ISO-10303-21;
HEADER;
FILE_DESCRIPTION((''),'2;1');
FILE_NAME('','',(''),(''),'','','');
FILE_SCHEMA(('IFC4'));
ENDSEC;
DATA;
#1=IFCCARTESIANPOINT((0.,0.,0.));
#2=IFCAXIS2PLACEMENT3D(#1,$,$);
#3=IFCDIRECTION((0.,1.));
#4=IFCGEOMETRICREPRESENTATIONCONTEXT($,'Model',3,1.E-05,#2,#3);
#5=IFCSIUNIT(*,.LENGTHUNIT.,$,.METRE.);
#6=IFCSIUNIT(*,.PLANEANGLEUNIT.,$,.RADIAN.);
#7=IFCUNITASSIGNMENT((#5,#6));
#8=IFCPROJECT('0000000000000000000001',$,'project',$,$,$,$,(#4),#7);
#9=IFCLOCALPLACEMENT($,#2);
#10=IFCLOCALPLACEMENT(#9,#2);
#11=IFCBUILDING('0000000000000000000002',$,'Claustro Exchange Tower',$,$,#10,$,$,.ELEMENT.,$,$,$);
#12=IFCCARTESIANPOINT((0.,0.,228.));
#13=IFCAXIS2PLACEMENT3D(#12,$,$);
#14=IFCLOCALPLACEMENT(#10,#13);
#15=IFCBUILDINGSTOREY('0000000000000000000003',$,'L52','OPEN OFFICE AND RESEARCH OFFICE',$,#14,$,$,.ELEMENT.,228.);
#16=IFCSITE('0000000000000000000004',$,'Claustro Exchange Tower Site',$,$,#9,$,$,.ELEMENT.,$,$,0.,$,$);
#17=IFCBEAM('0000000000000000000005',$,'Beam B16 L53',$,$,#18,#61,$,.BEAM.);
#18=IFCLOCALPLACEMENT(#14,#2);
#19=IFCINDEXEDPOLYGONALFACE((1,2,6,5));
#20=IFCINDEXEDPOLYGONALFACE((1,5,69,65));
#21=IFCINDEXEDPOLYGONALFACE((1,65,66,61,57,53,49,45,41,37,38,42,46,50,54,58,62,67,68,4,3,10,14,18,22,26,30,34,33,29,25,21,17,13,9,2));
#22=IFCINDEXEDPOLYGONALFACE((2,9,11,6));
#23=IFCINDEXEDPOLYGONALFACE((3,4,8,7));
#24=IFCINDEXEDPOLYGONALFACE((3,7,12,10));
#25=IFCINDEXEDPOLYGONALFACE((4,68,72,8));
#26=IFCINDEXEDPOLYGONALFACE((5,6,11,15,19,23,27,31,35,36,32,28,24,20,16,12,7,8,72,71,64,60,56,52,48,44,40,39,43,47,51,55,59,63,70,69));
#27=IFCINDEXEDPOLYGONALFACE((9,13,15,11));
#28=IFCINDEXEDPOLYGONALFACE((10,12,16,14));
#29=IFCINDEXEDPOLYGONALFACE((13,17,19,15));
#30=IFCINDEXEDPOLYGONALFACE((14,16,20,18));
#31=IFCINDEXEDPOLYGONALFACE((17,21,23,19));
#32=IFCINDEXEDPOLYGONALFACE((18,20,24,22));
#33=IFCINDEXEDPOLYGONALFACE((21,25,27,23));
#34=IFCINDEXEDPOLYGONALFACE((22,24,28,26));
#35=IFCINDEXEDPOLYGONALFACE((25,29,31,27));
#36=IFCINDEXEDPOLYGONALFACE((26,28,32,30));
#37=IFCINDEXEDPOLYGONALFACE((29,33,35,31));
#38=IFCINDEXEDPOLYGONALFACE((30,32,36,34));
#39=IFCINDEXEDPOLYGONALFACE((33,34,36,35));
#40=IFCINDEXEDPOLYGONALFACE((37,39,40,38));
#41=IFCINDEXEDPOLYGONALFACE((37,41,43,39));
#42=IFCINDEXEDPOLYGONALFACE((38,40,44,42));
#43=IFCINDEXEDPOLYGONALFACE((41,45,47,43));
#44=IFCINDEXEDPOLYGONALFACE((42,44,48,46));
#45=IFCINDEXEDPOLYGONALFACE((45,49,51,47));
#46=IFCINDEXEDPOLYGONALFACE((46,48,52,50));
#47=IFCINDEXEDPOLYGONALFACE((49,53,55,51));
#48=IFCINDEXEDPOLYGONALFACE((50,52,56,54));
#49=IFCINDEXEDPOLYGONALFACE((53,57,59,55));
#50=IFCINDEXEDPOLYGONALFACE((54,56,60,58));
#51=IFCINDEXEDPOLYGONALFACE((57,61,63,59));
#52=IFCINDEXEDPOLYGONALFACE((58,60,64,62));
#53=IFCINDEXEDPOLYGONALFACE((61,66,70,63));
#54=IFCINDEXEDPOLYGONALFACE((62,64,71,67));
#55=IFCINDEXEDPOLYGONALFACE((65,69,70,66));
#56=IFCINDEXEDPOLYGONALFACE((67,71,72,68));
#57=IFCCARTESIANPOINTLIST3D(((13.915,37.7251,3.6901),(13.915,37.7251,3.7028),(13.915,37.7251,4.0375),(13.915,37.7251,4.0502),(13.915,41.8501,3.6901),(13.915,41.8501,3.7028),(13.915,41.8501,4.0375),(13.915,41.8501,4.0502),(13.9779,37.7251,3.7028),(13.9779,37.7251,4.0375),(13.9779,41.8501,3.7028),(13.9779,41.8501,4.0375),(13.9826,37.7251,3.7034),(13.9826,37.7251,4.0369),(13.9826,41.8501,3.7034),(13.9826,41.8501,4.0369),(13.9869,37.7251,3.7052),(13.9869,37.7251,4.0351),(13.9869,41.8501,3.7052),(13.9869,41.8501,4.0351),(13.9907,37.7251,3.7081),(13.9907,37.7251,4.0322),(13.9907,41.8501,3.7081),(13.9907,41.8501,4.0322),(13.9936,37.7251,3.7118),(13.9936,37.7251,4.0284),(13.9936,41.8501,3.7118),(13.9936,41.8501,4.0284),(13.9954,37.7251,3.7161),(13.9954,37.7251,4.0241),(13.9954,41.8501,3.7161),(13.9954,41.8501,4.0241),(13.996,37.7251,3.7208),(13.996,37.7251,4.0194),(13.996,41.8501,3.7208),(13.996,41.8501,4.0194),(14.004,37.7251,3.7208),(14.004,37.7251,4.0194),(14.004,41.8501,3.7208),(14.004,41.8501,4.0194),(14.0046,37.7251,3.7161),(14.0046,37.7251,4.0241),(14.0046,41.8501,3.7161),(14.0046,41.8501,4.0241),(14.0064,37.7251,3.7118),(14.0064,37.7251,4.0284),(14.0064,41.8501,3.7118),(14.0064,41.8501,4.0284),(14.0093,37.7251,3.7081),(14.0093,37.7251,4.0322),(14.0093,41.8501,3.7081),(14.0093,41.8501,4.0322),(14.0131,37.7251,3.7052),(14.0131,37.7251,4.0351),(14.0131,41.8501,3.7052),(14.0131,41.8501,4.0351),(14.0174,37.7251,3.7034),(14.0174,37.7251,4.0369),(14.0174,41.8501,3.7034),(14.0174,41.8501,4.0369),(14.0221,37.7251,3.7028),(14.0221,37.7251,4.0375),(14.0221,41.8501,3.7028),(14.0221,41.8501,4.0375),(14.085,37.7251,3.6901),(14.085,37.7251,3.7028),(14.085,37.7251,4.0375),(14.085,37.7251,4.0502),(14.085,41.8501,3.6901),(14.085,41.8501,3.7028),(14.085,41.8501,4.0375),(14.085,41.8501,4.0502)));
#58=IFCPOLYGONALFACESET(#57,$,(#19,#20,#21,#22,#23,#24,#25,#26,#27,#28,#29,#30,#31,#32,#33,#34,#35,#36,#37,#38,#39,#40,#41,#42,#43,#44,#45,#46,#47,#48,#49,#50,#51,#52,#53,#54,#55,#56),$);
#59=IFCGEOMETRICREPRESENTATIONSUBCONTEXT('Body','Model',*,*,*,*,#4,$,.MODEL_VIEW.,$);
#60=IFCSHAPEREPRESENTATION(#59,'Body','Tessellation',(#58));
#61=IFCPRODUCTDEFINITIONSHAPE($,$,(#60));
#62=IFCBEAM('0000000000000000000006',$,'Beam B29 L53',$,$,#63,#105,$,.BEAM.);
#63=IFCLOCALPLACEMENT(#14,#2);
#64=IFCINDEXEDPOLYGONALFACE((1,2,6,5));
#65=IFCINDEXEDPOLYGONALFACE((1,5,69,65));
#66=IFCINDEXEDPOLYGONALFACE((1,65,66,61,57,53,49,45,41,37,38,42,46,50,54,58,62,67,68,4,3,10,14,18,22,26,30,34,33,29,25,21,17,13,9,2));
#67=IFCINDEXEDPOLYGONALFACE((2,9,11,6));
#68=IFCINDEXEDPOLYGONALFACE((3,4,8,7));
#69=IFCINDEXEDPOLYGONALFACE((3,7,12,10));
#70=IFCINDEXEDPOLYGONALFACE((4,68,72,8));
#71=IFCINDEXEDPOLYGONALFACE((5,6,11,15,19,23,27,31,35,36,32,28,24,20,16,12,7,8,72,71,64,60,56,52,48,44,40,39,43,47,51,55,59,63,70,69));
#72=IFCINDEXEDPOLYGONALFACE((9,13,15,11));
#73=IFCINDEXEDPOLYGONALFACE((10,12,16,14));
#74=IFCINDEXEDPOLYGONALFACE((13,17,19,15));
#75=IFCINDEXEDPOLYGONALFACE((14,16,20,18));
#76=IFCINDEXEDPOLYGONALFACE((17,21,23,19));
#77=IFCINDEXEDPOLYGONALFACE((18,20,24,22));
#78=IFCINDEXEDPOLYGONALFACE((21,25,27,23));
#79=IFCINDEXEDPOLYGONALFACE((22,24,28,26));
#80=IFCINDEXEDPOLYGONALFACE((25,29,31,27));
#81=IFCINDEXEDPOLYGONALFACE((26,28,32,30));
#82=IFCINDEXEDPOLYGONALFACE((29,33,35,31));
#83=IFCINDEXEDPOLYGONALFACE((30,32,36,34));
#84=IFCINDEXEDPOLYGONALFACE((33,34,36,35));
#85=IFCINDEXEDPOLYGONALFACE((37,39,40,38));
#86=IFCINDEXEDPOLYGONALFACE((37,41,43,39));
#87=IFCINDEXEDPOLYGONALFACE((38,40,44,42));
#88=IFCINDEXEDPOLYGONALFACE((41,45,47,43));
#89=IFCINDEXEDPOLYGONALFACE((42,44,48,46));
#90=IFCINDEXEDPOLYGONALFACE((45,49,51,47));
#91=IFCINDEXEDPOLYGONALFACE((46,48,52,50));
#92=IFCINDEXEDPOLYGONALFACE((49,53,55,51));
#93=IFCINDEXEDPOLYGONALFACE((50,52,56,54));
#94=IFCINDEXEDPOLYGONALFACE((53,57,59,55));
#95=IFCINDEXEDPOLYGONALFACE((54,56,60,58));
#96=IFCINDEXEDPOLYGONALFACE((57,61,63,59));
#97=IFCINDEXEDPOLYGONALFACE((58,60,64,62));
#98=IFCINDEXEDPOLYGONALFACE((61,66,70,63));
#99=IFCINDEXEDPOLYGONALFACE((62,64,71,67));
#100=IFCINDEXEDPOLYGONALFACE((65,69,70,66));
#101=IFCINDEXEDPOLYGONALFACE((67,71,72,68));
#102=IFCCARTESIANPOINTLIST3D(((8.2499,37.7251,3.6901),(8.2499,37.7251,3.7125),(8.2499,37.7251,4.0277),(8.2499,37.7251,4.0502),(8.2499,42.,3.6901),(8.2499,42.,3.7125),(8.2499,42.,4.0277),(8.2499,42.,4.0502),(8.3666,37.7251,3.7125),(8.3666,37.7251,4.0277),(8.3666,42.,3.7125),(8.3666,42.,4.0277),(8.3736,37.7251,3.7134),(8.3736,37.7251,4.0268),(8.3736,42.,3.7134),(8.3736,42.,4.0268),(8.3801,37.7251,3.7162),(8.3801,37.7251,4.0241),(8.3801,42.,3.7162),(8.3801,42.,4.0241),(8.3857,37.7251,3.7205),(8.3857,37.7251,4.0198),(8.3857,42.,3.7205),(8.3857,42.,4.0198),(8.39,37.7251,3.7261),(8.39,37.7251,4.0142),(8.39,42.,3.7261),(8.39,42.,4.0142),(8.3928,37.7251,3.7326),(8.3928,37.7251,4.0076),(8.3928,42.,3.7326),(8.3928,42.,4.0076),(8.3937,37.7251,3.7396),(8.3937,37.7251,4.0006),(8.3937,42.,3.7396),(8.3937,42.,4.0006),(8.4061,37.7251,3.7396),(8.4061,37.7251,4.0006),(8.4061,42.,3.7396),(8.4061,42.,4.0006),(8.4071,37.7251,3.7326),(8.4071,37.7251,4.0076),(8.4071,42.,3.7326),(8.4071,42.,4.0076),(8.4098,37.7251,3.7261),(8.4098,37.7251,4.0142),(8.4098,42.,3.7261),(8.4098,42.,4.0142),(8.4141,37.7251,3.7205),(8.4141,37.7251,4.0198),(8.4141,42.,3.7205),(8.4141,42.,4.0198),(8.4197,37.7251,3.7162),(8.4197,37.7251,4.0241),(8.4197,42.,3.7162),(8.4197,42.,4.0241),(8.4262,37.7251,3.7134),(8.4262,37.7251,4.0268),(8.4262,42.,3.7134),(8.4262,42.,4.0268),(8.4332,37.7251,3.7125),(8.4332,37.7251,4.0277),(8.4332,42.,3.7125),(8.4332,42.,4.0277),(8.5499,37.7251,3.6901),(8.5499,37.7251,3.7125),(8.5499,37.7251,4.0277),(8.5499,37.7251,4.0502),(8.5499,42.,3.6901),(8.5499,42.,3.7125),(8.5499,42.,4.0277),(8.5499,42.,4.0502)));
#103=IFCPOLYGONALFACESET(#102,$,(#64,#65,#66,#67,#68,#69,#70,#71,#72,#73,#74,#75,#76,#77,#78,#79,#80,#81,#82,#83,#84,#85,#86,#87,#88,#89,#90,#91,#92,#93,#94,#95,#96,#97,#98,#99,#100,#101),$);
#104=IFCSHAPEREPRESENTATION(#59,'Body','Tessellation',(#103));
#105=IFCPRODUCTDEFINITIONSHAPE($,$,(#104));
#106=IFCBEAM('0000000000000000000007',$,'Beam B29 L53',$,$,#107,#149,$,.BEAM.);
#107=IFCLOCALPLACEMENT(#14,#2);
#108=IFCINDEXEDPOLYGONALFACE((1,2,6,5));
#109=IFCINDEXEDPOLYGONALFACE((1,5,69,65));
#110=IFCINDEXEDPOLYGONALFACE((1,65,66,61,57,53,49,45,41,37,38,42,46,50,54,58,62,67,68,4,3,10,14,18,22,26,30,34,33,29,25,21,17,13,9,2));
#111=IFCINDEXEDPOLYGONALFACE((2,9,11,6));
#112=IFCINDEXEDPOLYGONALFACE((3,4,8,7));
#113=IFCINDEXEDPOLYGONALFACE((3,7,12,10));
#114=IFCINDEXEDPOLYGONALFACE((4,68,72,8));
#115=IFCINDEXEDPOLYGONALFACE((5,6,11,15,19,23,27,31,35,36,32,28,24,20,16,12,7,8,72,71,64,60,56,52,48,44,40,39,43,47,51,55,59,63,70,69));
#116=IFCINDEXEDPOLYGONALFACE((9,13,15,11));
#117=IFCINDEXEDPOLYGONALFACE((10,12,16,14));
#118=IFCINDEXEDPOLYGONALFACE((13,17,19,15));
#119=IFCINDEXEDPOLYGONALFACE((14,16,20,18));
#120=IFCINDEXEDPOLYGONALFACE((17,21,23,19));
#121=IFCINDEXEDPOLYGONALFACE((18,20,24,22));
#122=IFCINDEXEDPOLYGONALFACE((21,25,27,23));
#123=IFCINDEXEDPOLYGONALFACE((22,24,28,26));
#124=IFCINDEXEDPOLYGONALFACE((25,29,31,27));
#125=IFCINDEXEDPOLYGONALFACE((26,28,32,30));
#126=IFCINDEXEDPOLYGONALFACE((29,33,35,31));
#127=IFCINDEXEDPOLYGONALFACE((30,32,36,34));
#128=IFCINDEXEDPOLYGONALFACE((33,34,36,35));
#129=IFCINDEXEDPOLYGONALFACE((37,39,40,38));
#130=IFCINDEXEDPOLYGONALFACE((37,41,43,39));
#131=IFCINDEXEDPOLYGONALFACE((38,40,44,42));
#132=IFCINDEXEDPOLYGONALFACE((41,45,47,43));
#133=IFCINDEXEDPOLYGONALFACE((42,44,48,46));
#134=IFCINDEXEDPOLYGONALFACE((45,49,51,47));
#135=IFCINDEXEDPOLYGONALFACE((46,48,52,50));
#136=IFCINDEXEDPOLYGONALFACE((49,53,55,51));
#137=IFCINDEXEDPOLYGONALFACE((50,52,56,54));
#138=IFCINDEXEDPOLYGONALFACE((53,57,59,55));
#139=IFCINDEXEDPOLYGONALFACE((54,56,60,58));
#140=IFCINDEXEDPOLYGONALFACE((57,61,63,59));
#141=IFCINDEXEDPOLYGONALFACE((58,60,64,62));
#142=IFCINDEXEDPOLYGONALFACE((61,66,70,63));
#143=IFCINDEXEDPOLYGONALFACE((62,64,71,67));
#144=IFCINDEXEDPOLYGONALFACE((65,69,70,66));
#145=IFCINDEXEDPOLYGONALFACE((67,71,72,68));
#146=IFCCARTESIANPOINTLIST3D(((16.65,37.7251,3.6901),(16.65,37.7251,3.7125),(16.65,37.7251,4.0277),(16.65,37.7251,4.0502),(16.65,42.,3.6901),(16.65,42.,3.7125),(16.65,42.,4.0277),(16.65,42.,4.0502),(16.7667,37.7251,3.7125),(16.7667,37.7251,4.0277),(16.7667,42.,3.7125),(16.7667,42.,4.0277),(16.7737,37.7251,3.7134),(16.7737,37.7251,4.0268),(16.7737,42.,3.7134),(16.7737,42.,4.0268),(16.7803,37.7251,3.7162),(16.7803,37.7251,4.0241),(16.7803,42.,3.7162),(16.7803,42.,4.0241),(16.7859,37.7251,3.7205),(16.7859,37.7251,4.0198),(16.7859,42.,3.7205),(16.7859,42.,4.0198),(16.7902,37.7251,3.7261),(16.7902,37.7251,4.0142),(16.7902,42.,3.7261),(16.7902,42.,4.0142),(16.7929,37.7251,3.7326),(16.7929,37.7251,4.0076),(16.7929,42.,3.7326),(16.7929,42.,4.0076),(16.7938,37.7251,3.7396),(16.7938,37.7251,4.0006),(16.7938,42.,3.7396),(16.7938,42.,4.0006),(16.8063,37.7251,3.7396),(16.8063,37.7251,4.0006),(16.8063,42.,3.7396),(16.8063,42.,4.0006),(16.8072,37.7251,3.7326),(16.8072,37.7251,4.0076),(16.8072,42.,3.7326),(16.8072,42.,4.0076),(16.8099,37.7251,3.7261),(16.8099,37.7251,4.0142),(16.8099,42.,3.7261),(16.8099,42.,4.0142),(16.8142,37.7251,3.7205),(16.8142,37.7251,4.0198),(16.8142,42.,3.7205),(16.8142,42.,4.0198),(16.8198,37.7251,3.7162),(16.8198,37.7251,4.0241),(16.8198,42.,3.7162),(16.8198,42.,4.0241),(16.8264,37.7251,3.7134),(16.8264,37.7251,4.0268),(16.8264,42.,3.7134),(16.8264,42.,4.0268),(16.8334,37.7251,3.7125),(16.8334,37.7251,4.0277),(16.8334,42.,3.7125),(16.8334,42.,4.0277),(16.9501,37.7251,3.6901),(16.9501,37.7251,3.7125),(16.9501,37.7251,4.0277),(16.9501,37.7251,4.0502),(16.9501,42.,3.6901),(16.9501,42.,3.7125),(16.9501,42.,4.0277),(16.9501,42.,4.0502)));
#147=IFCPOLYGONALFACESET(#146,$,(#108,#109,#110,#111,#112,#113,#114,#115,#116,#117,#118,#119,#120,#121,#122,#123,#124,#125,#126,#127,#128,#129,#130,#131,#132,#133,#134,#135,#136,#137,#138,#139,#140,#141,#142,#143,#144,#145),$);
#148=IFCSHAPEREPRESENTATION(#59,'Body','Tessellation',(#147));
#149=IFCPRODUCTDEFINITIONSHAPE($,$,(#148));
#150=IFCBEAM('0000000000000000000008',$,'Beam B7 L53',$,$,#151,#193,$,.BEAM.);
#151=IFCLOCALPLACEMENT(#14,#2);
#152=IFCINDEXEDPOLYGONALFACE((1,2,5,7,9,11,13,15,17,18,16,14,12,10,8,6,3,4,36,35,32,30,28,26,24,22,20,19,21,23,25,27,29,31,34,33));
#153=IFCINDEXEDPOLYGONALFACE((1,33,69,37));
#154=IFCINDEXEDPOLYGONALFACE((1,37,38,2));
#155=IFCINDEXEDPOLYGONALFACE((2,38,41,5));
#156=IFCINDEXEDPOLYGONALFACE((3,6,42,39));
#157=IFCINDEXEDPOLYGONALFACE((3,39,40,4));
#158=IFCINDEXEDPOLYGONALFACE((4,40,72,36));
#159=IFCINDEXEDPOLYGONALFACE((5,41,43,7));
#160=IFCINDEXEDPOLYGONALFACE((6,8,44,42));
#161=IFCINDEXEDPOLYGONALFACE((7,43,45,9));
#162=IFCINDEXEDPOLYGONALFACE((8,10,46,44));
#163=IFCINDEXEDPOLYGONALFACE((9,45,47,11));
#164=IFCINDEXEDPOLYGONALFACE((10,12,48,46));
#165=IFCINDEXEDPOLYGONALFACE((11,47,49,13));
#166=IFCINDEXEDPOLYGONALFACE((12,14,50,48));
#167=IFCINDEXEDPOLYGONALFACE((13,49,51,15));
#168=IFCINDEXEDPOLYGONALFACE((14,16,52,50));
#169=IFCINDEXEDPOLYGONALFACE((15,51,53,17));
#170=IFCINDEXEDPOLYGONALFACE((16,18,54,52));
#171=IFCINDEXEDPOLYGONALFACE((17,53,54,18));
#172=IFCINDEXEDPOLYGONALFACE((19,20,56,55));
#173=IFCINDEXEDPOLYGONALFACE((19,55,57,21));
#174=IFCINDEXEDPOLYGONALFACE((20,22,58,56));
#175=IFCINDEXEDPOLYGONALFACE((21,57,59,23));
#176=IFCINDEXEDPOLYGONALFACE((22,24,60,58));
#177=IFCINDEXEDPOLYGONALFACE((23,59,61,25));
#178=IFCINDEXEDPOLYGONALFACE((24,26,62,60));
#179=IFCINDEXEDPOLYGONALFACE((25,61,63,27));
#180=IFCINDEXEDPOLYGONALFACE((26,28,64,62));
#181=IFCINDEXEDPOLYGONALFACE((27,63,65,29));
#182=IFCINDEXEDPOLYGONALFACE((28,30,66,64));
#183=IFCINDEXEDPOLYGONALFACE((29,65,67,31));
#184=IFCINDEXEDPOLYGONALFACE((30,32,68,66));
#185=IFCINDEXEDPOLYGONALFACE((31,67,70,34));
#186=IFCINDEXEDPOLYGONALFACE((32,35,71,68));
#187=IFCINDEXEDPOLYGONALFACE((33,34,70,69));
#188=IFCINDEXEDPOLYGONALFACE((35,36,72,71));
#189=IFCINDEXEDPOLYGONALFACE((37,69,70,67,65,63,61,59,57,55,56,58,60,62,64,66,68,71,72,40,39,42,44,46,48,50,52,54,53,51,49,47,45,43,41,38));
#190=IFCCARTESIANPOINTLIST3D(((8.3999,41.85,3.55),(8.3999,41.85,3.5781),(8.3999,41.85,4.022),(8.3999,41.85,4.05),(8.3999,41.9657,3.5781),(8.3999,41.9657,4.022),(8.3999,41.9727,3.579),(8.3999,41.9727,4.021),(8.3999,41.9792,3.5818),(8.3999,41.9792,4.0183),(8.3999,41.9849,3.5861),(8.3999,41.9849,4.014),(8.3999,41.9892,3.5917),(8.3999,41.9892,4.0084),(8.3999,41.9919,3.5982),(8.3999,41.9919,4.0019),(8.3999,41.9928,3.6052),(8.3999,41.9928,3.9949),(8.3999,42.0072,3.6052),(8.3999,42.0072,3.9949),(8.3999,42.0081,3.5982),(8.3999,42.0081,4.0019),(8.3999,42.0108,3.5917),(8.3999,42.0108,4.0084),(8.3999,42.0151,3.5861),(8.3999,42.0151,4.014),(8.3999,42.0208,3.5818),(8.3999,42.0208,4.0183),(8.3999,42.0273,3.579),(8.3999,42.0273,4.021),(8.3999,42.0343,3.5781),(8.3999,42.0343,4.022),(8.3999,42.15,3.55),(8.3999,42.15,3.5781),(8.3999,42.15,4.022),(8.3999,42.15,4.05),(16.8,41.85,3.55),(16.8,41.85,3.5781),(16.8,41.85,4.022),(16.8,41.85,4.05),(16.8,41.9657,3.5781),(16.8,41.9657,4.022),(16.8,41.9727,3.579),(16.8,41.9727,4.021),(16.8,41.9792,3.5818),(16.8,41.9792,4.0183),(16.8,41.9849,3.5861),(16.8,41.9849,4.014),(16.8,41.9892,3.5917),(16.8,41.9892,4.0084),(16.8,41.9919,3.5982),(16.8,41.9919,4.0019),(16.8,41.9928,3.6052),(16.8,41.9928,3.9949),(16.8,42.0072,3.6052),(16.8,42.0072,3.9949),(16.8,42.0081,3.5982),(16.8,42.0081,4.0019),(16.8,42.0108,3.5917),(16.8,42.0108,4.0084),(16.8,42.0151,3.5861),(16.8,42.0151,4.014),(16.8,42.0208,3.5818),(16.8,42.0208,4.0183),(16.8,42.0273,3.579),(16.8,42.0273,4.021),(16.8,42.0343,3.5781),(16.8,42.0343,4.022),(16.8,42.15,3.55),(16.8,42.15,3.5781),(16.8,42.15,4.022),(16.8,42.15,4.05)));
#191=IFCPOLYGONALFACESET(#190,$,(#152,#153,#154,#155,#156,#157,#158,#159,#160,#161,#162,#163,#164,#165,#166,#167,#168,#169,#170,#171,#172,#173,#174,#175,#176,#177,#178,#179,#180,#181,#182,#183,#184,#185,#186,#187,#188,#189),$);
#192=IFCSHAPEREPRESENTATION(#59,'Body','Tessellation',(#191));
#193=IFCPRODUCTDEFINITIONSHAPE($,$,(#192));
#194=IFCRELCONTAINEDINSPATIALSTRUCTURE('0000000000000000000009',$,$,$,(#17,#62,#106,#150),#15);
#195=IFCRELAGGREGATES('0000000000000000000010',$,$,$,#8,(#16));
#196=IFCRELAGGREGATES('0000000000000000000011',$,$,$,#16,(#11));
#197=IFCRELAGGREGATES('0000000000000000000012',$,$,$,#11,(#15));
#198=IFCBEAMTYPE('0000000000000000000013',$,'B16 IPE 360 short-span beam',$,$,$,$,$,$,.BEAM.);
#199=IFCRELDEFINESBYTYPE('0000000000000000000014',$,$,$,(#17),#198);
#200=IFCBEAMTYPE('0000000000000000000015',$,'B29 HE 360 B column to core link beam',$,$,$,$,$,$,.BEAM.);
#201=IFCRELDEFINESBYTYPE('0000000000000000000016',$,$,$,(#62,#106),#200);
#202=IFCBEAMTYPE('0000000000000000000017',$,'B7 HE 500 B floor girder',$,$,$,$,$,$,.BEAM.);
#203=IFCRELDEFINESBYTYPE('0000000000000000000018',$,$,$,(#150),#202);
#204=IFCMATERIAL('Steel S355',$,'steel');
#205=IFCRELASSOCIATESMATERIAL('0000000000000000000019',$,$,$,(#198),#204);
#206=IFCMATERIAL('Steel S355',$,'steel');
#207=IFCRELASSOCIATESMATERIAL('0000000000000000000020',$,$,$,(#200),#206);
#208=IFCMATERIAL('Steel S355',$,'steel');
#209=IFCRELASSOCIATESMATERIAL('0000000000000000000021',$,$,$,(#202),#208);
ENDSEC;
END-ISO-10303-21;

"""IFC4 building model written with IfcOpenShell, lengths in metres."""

from ifc_helpers import new_model, si_unit, direction, frame, origin, origin_2d, place, context, subcontext, project, spatial, i_section, extrude, material, material_profile, profile_set, type_object, element, save


model = new_model("IFC4")

# Units and contexts
model_context = context("Model", 3, precision=1e-05, world=origin(), true_north=direction((0.0, 1.0)))
body_context = subcontext(model_context, "Body", "Model", "MODEL_VIEW")
ifc_project = project(units=[si_unit("LENGTHUNIT", "METRE"), si_unit("PLANEANGLEUNIT", "RADIAN")], contexts=[model_context])

# Site, building, storey
site_placement = place(None, origin())
site = spatial("IfcSite", under=ifc_project, at=site_placement, Name="Claustro Exchange Tower Site", CompositionType="ELEMENT", RefElevation=0.0)
building_placement = place(site_placement, origin())
building = spatial("IfcBuilding", under=site, at=building_placement, Name="Claustro Exchange Tower", CompositionType="ELEMENT")
storey_placement = place(building_placement, frame((0.0, 0.0, 228.0)))
storey = spatial("IfcBuildingStorey", under=building, at=storey_placement, Name="L52", Description="OPEN OFFICE AND RESEARCH OFFICE", CompositionType="ELEMENT", Elevation=228.0)

# Beams
ifc_material_1 = material(Name="Steel S355", Category="steel")
ifc_material_profile_1 = material_profile(ifc_material_1, i_section(OverallWidth=0.1699, OverallDepth=0.3601, WebThickness=0.0081, FlangeThickness=0.0127, FilletRadius=0.0181, at=origin_2d()), Name="IPE 360")
ifc_profile_set_1 = profile_set([ifc_material_profile_1], Name="Steel S355")
beam_type_1 = type_object("IfcBeamType", Name="B16 IPE 360 short-span beam", PredefinedType="BEAM", material=ifc_profile_set_1)
for number, where, z_axis, x_axis, name in (
    (1, (14.0, 37.7251, 3.8701), (0.0, 1.0, 0.0), (-1.0, 0.0, 0.0), "Beam B16 L53"),
):
    element("IfcBeam", number, at=place(storey_placement, frame(where, z_axis=z_axis, x_axis=x_axis)), inside=storey, type_object=beam_type_1, Name=name, PredefinedType="BEAM", context=body_context, shape_type="SweptSolid", body=[
        extrude(i_section(OverallWidth=0.1699, OverallDepth=0.3601, WebThickness=0.0081, FlangeThickness=0.0127, FilletRadius=0.0181, at=origin_2d()), origin(), (0.0, 0.0, 1.0), 4.125),
    ])
ifc_material_2 = material(Name="Steel S355", Category="steel")
ifc_material_profile_2 = material_profile(ifc_material_2, i_section(OverallWidth=0.3, OverallDepth=0.3601, WebThickness=0.0125, FlangeThickness=0.0225, FilletRadius=0.0271, at=origin_2d()), Name="HE 360 B")
ifc_profile_set_2 = profile_set([ifc_material_profile_2], Name="Steel S355")
beam_type_2 = type_object("IfcBeamType", Name="B29 HE 360 B column to core link beam", PredefinedType="BEAM", material=ifc_profile_set_2)
for number, where, z_axis, x_axis, name in (
    (2, (8.3999, 37.7251, 3.8701), (0.0, 1.0, 0.0), (-1.0, 0.0, 0.0), "Beam B29 L53"),
    (3, (16.8, 37.7251, 3.8701), (0.0, 1.0, 0.0), (-1.0, 0.0, 0.0), "Beam B29 L53"),
):
    element("IfcBeam", number, at=place(storey_placement, frame(where, z_axis=z_axis, x_axis=x_axis)), inside=storey, type_object=beam_type_2, Name=name, PredefinedType="BEAM", context=body_context, shape_type="SweptSolid", body=[
        extrude(i_section(OverallWidth=0.3, OverallDepth=0.3601, WebThickness=0.0125, FlangeThickness=0.0225, FilletRadius=0.0271, at=origin_2d()), origin(), (0.0, 0.0, 1.0), 4.2749),
    ])
ifc_material_3 = material(Name="Steel S355", Category="steel")
ifc_material_profile_3 = material_profile(ifc_material_3, i_section(OverallWidth=0.3, OverallDepth=0.5, WebThickness=0.0144, FlangeThickness=0.0281, FilletRadius=0.0271, at=origin_2d()), Name="HE 500 B")
ifc_profile_set_3 = profile_set([ifc_material_profile_3], Name="Steel S355")
beam_type_3 = type_object("IfcBeamType", Name="B7 HE 500 B floor girder", PredefinedType="BEAM", material=ifc_profile_set_3)
beam_1_placement = place(storey_placement, frame((8.3999, 42.0, 3.8), z_axis=(1.0, 0.0, 0.0), x_axis=(0.0, 1.0, 0.0)))
element("IfcBeam", 4, at=beam_1_placement, inside=storey, type_object=beam_type_3, Name="Beam B7 L53", PredefinedType="BEAM", context=body_context, shape_type="SweptSolid", body=[
    extrude(i_section(OverallWidth=0.3, OverallDepth=0.5, WebThickness=0.0144, FlangeThickness=0.0281, FilletRadius=0.0271, at=origin_2d()), origin(), (0.0, 0.0, 1.0), 8.4001),
])

save(model, "model.ifc")
